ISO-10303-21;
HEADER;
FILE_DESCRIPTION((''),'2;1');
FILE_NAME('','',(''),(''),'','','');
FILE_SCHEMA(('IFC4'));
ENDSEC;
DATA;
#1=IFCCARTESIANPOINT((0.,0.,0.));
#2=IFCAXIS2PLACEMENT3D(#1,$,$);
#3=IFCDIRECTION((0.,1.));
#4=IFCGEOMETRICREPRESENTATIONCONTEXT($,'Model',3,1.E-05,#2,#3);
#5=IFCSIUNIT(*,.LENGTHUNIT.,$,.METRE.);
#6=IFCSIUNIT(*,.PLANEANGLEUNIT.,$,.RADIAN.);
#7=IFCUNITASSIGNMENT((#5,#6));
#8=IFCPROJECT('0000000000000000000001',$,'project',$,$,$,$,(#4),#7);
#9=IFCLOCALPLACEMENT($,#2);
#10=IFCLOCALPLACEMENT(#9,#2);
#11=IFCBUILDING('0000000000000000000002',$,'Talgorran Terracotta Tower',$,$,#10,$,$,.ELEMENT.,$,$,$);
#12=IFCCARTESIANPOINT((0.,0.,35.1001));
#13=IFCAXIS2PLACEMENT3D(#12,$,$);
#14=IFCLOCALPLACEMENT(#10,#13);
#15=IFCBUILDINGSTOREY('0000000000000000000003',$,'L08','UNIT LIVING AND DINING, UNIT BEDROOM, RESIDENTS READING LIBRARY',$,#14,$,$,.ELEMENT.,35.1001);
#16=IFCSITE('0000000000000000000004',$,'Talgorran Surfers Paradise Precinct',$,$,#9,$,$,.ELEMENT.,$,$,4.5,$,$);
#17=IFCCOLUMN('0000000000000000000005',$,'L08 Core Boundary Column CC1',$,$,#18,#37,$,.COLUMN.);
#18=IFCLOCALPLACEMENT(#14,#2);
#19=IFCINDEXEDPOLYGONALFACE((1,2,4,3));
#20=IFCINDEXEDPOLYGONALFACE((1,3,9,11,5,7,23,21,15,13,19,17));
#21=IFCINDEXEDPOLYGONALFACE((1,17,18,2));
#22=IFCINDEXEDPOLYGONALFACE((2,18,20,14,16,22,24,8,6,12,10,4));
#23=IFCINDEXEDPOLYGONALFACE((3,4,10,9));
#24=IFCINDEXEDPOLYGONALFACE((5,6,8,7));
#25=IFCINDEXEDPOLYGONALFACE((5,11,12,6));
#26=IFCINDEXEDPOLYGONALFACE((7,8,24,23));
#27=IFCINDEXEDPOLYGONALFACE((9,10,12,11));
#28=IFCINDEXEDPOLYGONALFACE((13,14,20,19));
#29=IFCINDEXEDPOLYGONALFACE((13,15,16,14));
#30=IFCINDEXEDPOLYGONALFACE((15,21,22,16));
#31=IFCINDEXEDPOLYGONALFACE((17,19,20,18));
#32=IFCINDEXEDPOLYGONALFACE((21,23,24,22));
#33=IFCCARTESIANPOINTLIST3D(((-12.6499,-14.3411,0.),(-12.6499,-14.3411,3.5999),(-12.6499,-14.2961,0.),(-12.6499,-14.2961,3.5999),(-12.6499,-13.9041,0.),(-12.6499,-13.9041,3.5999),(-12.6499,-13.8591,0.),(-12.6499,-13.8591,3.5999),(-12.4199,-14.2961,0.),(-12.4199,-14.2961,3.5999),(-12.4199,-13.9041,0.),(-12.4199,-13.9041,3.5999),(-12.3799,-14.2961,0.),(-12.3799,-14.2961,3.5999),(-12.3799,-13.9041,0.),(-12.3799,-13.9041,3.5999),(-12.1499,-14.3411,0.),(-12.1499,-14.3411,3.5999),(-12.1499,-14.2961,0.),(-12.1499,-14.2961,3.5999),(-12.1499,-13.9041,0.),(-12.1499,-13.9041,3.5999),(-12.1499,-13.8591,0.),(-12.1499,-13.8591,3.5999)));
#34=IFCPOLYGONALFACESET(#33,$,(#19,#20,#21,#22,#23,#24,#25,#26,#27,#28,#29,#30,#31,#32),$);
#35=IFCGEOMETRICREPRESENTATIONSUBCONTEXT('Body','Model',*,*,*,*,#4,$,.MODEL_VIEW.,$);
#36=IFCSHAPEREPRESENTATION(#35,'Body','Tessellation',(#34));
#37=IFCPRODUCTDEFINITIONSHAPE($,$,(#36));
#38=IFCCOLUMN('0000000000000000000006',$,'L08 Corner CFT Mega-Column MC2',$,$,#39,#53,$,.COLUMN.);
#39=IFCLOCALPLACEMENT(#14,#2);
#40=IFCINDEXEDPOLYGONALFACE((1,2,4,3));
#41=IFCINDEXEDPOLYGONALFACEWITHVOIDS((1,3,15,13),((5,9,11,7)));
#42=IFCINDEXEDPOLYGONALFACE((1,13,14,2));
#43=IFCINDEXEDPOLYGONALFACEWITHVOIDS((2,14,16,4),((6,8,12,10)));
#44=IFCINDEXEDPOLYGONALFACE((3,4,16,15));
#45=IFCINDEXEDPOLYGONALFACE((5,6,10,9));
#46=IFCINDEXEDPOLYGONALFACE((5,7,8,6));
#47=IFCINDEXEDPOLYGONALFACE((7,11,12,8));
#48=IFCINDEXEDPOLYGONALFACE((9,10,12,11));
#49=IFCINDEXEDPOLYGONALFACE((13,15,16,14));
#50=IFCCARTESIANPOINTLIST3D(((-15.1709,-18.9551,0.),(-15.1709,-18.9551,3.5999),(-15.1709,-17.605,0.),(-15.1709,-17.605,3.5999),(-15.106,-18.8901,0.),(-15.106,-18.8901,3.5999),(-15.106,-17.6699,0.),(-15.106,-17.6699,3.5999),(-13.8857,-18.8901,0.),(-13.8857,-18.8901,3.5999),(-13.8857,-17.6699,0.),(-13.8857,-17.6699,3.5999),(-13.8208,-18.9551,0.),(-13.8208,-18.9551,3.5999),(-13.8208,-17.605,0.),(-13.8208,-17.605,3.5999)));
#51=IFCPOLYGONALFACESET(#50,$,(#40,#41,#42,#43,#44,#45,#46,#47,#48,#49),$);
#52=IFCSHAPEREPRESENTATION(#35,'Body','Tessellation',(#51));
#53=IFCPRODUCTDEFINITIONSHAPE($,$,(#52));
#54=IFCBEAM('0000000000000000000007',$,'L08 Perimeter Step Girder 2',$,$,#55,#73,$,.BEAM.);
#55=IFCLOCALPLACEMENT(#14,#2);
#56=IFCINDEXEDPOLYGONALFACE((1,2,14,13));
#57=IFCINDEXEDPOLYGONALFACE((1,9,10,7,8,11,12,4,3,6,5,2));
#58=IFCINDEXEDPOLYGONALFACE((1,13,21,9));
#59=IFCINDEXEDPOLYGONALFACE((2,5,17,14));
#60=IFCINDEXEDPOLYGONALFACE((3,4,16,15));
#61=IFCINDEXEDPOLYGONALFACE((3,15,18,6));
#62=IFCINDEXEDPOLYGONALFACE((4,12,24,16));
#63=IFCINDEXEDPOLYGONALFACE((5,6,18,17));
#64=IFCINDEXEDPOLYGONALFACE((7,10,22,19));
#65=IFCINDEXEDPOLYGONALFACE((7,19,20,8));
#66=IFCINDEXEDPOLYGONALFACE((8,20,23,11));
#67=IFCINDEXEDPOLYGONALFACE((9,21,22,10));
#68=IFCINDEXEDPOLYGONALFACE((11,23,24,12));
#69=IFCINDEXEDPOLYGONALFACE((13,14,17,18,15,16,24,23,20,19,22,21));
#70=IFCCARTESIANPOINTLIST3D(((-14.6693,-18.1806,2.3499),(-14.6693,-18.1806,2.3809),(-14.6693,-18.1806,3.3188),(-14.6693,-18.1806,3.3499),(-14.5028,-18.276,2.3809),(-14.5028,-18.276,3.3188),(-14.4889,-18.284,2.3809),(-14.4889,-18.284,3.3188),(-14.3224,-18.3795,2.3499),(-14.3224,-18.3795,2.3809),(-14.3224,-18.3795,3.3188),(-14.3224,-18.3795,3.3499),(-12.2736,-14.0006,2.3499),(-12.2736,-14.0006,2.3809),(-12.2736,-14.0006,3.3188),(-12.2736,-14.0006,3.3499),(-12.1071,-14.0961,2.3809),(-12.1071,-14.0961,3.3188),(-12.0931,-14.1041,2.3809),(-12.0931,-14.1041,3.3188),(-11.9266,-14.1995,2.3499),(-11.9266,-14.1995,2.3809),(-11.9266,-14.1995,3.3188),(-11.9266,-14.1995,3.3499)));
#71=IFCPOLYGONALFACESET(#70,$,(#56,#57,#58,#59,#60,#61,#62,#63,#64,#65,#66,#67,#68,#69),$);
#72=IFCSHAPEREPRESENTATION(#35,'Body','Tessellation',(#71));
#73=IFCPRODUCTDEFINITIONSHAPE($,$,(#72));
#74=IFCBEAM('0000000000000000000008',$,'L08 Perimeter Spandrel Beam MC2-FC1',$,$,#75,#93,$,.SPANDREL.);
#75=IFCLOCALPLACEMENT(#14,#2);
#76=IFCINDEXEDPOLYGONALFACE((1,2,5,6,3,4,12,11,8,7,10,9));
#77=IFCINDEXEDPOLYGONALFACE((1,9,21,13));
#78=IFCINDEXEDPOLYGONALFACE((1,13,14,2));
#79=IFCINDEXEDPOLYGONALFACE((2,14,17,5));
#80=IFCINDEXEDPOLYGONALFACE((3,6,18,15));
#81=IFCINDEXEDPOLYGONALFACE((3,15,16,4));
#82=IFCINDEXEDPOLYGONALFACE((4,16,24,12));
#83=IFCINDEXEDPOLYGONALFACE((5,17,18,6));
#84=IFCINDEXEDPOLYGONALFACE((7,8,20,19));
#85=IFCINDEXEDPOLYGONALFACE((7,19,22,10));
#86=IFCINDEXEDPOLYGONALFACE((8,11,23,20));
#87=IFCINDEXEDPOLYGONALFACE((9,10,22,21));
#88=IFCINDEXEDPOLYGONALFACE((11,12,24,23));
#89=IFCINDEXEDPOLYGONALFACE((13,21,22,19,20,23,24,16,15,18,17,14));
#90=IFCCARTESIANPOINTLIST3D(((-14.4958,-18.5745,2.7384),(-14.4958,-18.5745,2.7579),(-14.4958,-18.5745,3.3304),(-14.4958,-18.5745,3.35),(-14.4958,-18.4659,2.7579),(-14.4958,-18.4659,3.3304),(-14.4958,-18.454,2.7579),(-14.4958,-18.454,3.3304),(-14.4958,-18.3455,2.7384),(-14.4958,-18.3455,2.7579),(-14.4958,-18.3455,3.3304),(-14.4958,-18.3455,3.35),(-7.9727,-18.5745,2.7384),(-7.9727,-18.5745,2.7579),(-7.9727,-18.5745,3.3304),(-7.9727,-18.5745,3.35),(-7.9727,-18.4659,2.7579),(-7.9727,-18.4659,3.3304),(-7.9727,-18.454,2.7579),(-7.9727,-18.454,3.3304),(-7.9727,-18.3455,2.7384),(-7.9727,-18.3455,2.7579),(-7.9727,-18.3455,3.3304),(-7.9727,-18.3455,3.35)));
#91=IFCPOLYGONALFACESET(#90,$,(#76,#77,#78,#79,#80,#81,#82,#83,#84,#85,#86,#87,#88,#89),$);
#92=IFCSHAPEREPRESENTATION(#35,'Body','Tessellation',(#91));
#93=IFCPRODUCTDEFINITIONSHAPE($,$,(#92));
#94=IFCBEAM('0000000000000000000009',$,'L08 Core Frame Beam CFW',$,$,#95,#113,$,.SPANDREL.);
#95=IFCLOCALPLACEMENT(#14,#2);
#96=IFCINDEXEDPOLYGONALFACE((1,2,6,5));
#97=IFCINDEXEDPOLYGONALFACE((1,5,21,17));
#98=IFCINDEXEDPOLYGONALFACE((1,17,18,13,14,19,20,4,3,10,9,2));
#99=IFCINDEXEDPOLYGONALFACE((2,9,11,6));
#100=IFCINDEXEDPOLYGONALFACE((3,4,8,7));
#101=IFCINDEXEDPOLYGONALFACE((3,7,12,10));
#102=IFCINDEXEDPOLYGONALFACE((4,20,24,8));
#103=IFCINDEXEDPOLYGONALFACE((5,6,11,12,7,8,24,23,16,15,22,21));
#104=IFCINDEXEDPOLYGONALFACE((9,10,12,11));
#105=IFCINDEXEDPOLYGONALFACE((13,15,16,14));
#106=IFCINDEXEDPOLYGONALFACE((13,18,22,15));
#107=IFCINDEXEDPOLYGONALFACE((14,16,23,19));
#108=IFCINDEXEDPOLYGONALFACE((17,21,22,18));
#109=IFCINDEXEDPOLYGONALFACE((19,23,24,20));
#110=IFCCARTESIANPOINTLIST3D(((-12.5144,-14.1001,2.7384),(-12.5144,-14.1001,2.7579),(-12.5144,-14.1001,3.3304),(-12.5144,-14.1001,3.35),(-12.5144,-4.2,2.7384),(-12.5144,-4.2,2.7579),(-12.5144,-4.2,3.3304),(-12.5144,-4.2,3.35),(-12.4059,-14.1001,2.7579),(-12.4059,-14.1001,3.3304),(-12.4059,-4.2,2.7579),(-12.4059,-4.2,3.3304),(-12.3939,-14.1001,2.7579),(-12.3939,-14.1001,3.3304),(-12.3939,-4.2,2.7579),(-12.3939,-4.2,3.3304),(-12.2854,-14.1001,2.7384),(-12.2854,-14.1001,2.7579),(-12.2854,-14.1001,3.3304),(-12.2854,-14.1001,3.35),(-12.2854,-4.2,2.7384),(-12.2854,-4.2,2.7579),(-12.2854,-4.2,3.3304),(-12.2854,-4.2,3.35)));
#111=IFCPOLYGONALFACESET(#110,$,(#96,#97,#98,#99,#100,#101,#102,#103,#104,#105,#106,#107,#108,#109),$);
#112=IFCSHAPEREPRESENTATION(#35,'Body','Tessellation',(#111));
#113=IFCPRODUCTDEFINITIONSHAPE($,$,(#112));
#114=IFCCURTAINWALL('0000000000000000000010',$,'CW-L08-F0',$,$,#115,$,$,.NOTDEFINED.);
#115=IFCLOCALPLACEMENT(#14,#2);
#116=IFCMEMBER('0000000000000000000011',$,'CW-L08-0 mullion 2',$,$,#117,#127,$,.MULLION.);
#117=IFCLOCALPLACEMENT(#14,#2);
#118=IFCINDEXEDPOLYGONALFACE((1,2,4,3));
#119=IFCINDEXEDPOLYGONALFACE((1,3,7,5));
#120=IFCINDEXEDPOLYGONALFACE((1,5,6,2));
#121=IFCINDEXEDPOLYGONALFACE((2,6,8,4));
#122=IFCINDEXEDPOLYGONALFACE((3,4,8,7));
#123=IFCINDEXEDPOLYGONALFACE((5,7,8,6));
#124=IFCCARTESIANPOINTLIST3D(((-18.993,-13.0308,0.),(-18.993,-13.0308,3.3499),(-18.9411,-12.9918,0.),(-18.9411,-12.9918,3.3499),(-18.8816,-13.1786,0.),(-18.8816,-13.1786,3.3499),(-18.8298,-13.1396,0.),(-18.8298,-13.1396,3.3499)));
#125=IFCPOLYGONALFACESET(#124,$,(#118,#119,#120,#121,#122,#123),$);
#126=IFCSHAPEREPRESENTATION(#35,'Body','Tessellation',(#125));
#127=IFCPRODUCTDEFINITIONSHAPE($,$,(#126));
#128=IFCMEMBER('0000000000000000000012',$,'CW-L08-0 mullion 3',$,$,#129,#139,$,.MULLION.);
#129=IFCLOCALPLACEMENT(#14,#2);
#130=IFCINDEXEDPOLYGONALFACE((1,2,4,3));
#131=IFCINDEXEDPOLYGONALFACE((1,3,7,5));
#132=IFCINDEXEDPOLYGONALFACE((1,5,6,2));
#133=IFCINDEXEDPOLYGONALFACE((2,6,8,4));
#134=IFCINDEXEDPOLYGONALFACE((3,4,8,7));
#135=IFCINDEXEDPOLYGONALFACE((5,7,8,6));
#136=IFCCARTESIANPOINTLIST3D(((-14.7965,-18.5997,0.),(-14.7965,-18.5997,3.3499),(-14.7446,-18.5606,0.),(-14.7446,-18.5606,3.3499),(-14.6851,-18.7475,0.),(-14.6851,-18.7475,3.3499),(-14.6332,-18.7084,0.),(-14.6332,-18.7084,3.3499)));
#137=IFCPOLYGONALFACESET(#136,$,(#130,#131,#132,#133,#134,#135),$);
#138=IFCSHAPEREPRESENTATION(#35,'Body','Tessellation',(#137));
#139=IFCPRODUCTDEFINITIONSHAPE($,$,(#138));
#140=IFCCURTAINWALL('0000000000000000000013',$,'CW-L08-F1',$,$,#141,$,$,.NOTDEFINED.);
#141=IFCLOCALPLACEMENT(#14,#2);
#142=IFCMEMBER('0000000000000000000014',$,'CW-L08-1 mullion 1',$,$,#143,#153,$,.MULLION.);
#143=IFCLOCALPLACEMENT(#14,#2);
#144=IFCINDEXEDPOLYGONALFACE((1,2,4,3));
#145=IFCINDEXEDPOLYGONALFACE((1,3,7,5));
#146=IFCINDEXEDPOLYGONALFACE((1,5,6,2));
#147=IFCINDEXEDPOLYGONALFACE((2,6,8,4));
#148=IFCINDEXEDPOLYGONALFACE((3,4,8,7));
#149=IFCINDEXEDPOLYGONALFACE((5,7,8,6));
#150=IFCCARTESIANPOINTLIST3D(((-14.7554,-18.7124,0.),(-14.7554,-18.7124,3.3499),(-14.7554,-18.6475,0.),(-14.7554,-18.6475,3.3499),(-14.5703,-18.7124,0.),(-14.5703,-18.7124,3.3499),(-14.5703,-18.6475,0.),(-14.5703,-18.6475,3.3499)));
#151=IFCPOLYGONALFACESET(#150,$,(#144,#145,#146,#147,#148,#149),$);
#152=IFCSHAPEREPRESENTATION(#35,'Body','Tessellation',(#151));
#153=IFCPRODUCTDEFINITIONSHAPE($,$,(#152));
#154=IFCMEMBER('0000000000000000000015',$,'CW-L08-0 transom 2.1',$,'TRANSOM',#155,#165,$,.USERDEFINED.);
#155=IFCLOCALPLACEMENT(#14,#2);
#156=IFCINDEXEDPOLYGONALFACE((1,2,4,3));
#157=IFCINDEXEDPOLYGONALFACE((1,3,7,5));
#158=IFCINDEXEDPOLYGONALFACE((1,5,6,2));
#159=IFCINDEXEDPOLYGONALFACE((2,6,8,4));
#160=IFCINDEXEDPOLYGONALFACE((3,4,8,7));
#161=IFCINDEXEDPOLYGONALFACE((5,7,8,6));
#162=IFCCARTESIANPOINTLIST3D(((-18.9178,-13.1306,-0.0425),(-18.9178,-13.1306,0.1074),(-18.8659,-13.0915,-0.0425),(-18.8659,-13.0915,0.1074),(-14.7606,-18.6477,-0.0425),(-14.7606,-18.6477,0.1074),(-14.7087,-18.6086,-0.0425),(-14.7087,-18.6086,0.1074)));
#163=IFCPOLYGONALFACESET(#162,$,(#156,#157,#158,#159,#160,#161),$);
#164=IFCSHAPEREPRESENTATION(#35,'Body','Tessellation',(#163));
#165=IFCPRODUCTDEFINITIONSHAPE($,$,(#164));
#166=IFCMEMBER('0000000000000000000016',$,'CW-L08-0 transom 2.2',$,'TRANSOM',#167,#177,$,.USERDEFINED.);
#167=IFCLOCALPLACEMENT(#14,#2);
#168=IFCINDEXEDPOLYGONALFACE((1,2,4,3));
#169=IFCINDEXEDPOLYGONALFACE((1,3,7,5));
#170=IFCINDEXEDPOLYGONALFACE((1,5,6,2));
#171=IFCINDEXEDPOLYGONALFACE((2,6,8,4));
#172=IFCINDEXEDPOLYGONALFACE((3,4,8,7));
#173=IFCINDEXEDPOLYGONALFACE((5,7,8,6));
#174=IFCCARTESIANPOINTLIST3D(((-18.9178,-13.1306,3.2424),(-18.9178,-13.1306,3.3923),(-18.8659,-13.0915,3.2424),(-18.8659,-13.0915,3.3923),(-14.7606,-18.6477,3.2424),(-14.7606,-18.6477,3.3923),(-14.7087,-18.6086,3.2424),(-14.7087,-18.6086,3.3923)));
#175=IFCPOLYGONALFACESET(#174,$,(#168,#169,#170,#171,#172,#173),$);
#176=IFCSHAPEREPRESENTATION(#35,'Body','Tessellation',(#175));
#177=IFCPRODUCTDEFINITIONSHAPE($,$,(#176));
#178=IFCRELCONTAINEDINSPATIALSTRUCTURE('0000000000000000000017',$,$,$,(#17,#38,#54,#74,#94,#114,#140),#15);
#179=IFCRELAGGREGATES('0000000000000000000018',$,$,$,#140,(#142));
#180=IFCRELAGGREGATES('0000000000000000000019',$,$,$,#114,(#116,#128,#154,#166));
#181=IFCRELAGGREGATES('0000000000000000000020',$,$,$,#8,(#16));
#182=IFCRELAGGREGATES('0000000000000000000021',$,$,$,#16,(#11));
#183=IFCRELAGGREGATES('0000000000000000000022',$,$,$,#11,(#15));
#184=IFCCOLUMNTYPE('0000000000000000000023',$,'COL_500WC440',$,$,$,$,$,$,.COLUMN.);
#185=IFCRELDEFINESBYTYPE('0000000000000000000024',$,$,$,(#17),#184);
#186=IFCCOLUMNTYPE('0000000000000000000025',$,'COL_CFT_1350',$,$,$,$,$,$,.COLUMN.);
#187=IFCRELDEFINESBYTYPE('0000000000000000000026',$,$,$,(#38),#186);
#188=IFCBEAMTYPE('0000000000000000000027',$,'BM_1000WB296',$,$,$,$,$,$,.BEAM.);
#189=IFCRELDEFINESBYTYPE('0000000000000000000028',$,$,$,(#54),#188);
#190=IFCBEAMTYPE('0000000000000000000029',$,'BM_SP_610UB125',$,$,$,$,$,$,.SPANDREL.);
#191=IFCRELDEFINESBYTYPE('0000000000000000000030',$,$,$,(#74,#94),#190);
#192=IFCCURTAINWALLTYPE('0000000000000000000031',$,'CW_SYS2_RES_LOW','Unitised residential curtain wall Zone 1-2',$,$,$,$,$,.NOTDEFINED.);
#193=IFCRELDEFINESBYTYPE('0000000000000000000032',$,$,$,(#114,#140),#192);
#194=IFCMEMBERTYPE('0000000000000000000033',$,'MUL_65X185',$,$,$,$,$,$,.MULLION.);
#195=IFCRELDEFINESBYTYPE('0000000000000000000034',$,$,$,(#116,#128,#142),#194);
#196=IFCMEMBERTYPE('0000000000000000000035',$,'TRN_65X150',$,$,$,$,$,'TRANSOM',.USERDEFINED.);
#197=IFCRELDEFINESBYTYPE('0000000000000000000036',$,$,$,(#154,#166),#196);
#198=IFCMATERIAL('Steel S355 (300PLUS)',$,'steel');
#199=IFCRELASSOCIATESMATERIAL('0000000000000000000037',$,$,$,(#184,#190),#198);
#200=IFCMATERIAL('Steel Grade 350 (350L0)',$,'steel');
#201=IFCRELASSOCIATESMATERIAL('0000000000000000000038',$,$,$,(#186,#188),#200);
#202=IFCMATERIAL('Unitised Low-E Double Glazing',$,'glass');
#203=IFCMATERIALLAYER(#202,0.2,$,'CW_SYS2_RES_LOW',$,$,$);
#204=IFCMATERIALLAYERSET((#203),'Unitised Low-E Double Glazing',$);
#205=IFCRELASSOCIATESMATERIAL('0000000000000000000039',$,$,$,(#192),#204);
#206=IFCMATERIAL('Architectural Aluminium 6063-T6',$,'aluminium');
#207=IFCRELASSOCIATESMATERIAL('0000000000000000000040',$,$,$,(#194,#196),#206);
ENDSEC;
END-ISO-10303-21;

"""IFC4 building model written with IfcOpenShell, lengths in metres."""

from ifc_helpers import new_model, si_unit, direction, frame, origin, origin_2d, place, context, subcontext, project, spatial, rectangle, hollow_rectangle, i_section, extrude, material, layer, layer_set, material_profile, profile_set, type_object, element, aggregate, save


model = new_model("IFC4")

# Units and contexts
model_context = context("Model", 3, precision=1e-05, world=origin(), true_north=direction((0.0, 1.0)))
body_context = subcontext(model_context, "Body", "Model", "MODEL_VIEW")
ifc_project = project(units=[si_unit("LENGTHUNIT", "METRE"), si_unit("PLANEANGLEUNIT", "RADIAN")], contexts=[model_context])

# Site, building, storey
site_placement = place(None, origin())
site = spatial("IfcSite", under=ifc_project, at=site_placement, Name="Talgorran Surfers Paradise Precinct", CompositionType="ELEMENT", RefElevation=4.5)
building_placement = place(site_placement, origin())
building = spatial("IfcBuilding", under=site, at=building_placement, Name="Talgorran Terracotta Tower", CompositionType="ELEMENT")
storey_placement = place(building_placement, frame((0.0, 0.0, 35.1001)))
storey = spatial("IfcBuildingStorey", under=building, at=storey_placement, Name="L08", Description="UNIT LIVING AND DINING, UNIT BEDROOM, RESIDENTS READING LIBRARY", CompositionType="ELEMENT", Elevation=35.1001)

# Columns
ifc_material_1 = material(Name="Steel S355 (300PLUS)", Category="steel")
ifc_material_profile_1 = material_profile(ifc_material_1, i_section(OverallWidth=0.5, OverallDepth=0.4819, WebThickness=0.04, FlangeThickness=0.0449, at=origin_2d()), Name="500WC440")
ifc_profile_set_1 = profile_set([ifc_material_profile_1], Name="Steel S355 (300PLUS)")
column_type_1 = type_object("IfcColumnType", Name="COL_500WC440", PredefinedType="COLUMN", material=ifc_profile_set_1)
column_1_placement = place(storey_placement, frame((-12.3999, -14.1001, 0.0), z_axis=(0.0, 0.0, 1.0), x_axis=(1.0, 0.0, 0.0)))
element("IfcColumn", 1, at=column_1_placement, inside=storey, type_object=column_type_1, Name="L08 Core Boundary Column CC1", PredefinedType="COLUMN", context=body_context, shape_type="SweptSolid", body=[
    extrude(i_section(OverallWidth=0.5, OverallDepth=0.4819, WebThickness=0.04, FlangeThickness=0.0449, at=origin_2d()), origin(), (0.0, 0.0, 1.0), 3.5999),
])
ifc_material_2 = material(Name="Steel Grade 350 (350L0)", Category="steel")
ifc_material_profile_2 = material_profile(ifc_material_2, hollow_rectangle(XDim=1.3501, YDim=1.3501, WallThickness=0.0649, at=origin_2d()), Name="CFT1350X1350X65")
ifc_profile_set_2 = profile_set([ifc_material_profile_2], Name="Steel Grade 350 (350L0)")
column_type_2 = type_object("IfcColumnType", Name="COL_CFT_1350", PredefinedType="COLUMN", material=ifc_profile_set_2)
column_2_placement = place(storey_placement, frame((-14.4958, -18.28, 0.0), z_axis=(0.0, 0.0, 1.0), x_axis=(1.0, 0.0, 0.0)))
element("IfcColumn", 2, at=column_2_placement, inside=storey, type_object=column_type_2, Name="L08 Corner CFT Mega-Column MC2", PredefinedType="COLUMN", context=body_context, shape_type="SweptSolid", body=[
    extrude(hollow_rectangle(XDim=1.3501, YDim=1.3501, WallThickness=0.0649, at=origin_2d()), origin(), (0.0, 0.0, 1.0), 3.5999),
])

# Beams
ifc_material_profile_3 = material_profile(ifc_material_2, i_section(OverallWidth=0.3999, OverallDepth=1.0, WebThickness=0.0161, FlangeThickness=0.031, at=origin_2d()), Name="1000WB296")
ifc_profile_set_3 = profile_set([ifc_material_profile_3], Name="Steel Grade 350 (350L0)")
beam_type_1 = type_object("IfcBeamType", Name="BM_1000WB296", PredefinedType="BEAM", material=ifc_profile_set_3)
beam_1_placement = place(storey_placement, frame((-14.4958, -18.28, 2.8499), z_axis=(0.497268, 0.867597, 0.0), x_axis=(-0.867597, 0.497268, 0.0)))
element("IfcBeam", 3, at=beam_1_placement, inside=storey, type_object=beam_type_1, Name="L08 Perimeter Step Girder 2", PredefinedType="BEAM", context=body_context, shape_type="SweptSolid", body=[
    extrude(i_section(OverallWidth=0.3999, OverallDepth=1.0, WebThickness=0.0161, FlangeThickness=0.031, at=origin_2d()), origin(), (0.0, 0.0, 1.0), 4.8179),
])
ifc_material_profile_4 = material_profile(ifc_material_1, i_section(OverallWidth=0.229, OverallDepth=0.6116, WebThickness=0.012, FlangeThickness=0.0195, at=origin_2d()), Name="610UB125")
ifc_profile_set_4 = profile_set([ifc_material_profile_4], Name="Steel S355 (300PLUS)")
beam_type_2 = type_object("IfcBeamType", Name="BM_SP_610UB125", PredefinedType="SPANDREL", material=ifc_profile_set_4)
beam_2_placement = place(storey_placement, frame((-14.4958, -18.46, 3.0442), z_axis=(1.0, 0.0, 0.0), x_axis=(0.0, 1.0, 0.0)))
element("IfcBeam", 4, at=beam_2_placement, inside=storey, type_object=beam_type_2, Name="L08 Perimeter Spandrel Beam MC2-FC1", PredefinedType="SPANDREL", context=body_context, shape_type="SweptSolid", body=[
    extrude(i_section(OverallWidth=0.229, OverallDepth=0.6116, WebThickness=0.012, FlangeThickness=0.0195, at=origin_2d()), origin(), (0.0, 0.0, 1.0), 6.5232),
])
beam_3_placement = place(storey_placement, frame((-12.3999, -14.1001, 3.0442), z_axis=(0.0, 1.0, 0.0), x_axis=(-1.0, 0.0, 0.0)))
element("IfcBeam", 5, at=beam_3_placement, inside=storey, type_object=beam_type_2, Name="L08 Core Frame Beam CFW", PredefinedType="SPANDREL", context=body_context, shape_type="SweptSolid", body=[
    extrude(i_section(OverallWidth=0.229, OverallDepth=0.6116, WebThickness=0.012, FlangeThickness=0.0195, at=origin_2d()), origin(), (0.0, 0.0, 1.0), 9.9001),
])

# Curtain wall, members
ifc_material_3 = material(Name="Unitised Low-E Double Glazing", Category="glass")
ifc_layer_1 = layer(ifc_material_3, 0.2, Name="CW_SYS2_RES_LOW")
ifc_layer_set_1 = layer_set([ifc_layer_1], Name="Unitised Low-E Double Glazing")
curtain_wall_type = type_object("IfcCurtainWallType", Name="CW_SYS2_RES_LOW", Description="Unitised residential curtain wall Zone 1-2", PredefinedType="NOTDEFINED", material=ifc_layer_set_1)
curtain_wall_1_placement = place(storey_placement, origin())
curtain_wall_1 = element("IfcCurtainWall", 6, at=curtain_wall_1_placement, inside=storey, type_object=curtain_wall_type, Name="CW-L08-F0", PredefinedType="NOTDEFINED")
ifc_material_4 = material(Name="Architectural Aluminium 6063-T6", Category="aluminium")
ifc_material_profile_5 = material_profile(ifc_material_4, rectangle(XDim=0.0649, YDim=0.1851, at=origin_2d()), Name="CWM65X185")
ifc_profile_set_5 = profile_set([ifc_material_profile_5], Name="Architectural Aluminium 6063-T6")
member_type_1 = type_object("IfcMemberType", Name="MUL_65X185", PredefinedType="MULLION", material=ifc_profile_set_5)
member_1_placement = place(storey_placement, frame((-18.9114, -13.0852, 0.0), z_axis=(0.0, 0.0, 1.0), x_axis=(0.798638, 0.601812, 0.0)))
member_1 = element("IfcMember", 7, at=member_1_placement, type_object=member_type_1, Name="CW-L08-0 mullion 2", PredefinedType="MULLION", context=body_context, shape_type="SweptSolid", body=[
    extrude(rectangle(XDim=0.0649, YDim=0.1851, at=origin_2d()), origin(), (0.0, 0.0, 1.0), 3.3499),
])
member_2_placement = place(storey_placement, frame((-14.7148, -18.6541, 0.0), z_axis=(0.0, 0.0, 1.0), x_axis=(0.798638, 0.601812, 0.0)))
member_2 = element("IfcMember", 8, at=member_2_placement, type_object=member_type_1, Name="CW-L08-0 mullion 3", PredefinedType="MULLION", context=body_context, shape_type="SweptSolid", body=[
    extrude(rectangle(XDim=0.0649, YDim=0.1851, at=origin_2d()), origin(), (0.0, 0.0, 1.0), 3.3499),
])

# Curtain wall, member
curtain_wall_2_placement = place(storey_placement, origin())
curtain_wall_2 = element("IfcCurtainWall", 9, at=curtain_wall_2_placement, inside=storey, type_object=curtain_wall_type, Name="CW-L08-F1", PredefinedType="NOTDEFINED")
member_3_placement = place(storey_placement, frame((-14.6628, -18.6799, 0.0), z_axis=(0.0, 0.0, 1.0), x_axis=(0.0, 1.0, 0.0)))
member_3 = element("IfcMember", 10, at=member_3_placement, type_object=member_type_1, Name="CW-L08-1 mullion 1", PredefinedType="MULLION", context=body_context, shape_type="SweptSolid", body=[
    extrude(rectangle(XDim=0.0649, YDim=0.1851, at=origin_2d()), origin(), (0.0, 0.0, 1.0), 3.3499),
])

# Members
ifc_material_profile_6 = material_profile(ifc_material_4, rectangle(XDim=0.0649, YDim=0.1499, at=origin_2d()), Name="CWT65X150")
ifc_profile_set_6 = profile_set([ifc_material_profile_6], Name="Architectural Aluminium 6063-T6")
member_type_2 = type_object("IfcMemberType", Name="TRN_65X150", ElementType="TRANSOM", PredefinedType="USERDEFINED", material=ifc_profile_set_6)
member_4_placement = place(storey_placement, frame((-18.8918, -13.1111, 0.0325), z_axis=(0.601797, -0.798649, 0.0), x_axis=(0.798649, 0.601797, 0.0)))
member_4 = element("IfcMember", 11, at=member_4_placement, type_object=member_type_2, Name="CW-L08-0 transom 2.1", ObjectType="TRANSOM", PredefinedType="USERDEFINED", context=body_context, shape_type="SweptSolid", body=[
    extrude(rectangle(XDim=0.0649, YDim=0.1499, at=origin_2d()), origin(), (0.0, 0.0, 1.0), 6.908),
])
member_5_placement = place(storey_placement, frame((-18.8918, -13.1111, 3.3174), z_axis=(0.601797, -0.798649, 0.0), x_axis=(0.798649, 0.601797, 0.0)))
member_5 = element("IfcMember", 12, at=member_5_placement, type_object=member_type_2, Name="CW-L08-0 transom 2.2", ObjectType="TRANSOM", PredefinedType="USERDEFINED", context=body_context, shape_type="SweptSolid", body=[
    extrude(rectangle(XDim=0.0649, YDim=0.1499, at=origin_2d()), origin(), (0.0, 0.0, 1.0), 6.908),
])
aggregate(curtain_wall_2, [member_3])

aggregate(curtain_wall_1, [member_1, member_2, member_4, member_5])

save(model, "model.ifc")
